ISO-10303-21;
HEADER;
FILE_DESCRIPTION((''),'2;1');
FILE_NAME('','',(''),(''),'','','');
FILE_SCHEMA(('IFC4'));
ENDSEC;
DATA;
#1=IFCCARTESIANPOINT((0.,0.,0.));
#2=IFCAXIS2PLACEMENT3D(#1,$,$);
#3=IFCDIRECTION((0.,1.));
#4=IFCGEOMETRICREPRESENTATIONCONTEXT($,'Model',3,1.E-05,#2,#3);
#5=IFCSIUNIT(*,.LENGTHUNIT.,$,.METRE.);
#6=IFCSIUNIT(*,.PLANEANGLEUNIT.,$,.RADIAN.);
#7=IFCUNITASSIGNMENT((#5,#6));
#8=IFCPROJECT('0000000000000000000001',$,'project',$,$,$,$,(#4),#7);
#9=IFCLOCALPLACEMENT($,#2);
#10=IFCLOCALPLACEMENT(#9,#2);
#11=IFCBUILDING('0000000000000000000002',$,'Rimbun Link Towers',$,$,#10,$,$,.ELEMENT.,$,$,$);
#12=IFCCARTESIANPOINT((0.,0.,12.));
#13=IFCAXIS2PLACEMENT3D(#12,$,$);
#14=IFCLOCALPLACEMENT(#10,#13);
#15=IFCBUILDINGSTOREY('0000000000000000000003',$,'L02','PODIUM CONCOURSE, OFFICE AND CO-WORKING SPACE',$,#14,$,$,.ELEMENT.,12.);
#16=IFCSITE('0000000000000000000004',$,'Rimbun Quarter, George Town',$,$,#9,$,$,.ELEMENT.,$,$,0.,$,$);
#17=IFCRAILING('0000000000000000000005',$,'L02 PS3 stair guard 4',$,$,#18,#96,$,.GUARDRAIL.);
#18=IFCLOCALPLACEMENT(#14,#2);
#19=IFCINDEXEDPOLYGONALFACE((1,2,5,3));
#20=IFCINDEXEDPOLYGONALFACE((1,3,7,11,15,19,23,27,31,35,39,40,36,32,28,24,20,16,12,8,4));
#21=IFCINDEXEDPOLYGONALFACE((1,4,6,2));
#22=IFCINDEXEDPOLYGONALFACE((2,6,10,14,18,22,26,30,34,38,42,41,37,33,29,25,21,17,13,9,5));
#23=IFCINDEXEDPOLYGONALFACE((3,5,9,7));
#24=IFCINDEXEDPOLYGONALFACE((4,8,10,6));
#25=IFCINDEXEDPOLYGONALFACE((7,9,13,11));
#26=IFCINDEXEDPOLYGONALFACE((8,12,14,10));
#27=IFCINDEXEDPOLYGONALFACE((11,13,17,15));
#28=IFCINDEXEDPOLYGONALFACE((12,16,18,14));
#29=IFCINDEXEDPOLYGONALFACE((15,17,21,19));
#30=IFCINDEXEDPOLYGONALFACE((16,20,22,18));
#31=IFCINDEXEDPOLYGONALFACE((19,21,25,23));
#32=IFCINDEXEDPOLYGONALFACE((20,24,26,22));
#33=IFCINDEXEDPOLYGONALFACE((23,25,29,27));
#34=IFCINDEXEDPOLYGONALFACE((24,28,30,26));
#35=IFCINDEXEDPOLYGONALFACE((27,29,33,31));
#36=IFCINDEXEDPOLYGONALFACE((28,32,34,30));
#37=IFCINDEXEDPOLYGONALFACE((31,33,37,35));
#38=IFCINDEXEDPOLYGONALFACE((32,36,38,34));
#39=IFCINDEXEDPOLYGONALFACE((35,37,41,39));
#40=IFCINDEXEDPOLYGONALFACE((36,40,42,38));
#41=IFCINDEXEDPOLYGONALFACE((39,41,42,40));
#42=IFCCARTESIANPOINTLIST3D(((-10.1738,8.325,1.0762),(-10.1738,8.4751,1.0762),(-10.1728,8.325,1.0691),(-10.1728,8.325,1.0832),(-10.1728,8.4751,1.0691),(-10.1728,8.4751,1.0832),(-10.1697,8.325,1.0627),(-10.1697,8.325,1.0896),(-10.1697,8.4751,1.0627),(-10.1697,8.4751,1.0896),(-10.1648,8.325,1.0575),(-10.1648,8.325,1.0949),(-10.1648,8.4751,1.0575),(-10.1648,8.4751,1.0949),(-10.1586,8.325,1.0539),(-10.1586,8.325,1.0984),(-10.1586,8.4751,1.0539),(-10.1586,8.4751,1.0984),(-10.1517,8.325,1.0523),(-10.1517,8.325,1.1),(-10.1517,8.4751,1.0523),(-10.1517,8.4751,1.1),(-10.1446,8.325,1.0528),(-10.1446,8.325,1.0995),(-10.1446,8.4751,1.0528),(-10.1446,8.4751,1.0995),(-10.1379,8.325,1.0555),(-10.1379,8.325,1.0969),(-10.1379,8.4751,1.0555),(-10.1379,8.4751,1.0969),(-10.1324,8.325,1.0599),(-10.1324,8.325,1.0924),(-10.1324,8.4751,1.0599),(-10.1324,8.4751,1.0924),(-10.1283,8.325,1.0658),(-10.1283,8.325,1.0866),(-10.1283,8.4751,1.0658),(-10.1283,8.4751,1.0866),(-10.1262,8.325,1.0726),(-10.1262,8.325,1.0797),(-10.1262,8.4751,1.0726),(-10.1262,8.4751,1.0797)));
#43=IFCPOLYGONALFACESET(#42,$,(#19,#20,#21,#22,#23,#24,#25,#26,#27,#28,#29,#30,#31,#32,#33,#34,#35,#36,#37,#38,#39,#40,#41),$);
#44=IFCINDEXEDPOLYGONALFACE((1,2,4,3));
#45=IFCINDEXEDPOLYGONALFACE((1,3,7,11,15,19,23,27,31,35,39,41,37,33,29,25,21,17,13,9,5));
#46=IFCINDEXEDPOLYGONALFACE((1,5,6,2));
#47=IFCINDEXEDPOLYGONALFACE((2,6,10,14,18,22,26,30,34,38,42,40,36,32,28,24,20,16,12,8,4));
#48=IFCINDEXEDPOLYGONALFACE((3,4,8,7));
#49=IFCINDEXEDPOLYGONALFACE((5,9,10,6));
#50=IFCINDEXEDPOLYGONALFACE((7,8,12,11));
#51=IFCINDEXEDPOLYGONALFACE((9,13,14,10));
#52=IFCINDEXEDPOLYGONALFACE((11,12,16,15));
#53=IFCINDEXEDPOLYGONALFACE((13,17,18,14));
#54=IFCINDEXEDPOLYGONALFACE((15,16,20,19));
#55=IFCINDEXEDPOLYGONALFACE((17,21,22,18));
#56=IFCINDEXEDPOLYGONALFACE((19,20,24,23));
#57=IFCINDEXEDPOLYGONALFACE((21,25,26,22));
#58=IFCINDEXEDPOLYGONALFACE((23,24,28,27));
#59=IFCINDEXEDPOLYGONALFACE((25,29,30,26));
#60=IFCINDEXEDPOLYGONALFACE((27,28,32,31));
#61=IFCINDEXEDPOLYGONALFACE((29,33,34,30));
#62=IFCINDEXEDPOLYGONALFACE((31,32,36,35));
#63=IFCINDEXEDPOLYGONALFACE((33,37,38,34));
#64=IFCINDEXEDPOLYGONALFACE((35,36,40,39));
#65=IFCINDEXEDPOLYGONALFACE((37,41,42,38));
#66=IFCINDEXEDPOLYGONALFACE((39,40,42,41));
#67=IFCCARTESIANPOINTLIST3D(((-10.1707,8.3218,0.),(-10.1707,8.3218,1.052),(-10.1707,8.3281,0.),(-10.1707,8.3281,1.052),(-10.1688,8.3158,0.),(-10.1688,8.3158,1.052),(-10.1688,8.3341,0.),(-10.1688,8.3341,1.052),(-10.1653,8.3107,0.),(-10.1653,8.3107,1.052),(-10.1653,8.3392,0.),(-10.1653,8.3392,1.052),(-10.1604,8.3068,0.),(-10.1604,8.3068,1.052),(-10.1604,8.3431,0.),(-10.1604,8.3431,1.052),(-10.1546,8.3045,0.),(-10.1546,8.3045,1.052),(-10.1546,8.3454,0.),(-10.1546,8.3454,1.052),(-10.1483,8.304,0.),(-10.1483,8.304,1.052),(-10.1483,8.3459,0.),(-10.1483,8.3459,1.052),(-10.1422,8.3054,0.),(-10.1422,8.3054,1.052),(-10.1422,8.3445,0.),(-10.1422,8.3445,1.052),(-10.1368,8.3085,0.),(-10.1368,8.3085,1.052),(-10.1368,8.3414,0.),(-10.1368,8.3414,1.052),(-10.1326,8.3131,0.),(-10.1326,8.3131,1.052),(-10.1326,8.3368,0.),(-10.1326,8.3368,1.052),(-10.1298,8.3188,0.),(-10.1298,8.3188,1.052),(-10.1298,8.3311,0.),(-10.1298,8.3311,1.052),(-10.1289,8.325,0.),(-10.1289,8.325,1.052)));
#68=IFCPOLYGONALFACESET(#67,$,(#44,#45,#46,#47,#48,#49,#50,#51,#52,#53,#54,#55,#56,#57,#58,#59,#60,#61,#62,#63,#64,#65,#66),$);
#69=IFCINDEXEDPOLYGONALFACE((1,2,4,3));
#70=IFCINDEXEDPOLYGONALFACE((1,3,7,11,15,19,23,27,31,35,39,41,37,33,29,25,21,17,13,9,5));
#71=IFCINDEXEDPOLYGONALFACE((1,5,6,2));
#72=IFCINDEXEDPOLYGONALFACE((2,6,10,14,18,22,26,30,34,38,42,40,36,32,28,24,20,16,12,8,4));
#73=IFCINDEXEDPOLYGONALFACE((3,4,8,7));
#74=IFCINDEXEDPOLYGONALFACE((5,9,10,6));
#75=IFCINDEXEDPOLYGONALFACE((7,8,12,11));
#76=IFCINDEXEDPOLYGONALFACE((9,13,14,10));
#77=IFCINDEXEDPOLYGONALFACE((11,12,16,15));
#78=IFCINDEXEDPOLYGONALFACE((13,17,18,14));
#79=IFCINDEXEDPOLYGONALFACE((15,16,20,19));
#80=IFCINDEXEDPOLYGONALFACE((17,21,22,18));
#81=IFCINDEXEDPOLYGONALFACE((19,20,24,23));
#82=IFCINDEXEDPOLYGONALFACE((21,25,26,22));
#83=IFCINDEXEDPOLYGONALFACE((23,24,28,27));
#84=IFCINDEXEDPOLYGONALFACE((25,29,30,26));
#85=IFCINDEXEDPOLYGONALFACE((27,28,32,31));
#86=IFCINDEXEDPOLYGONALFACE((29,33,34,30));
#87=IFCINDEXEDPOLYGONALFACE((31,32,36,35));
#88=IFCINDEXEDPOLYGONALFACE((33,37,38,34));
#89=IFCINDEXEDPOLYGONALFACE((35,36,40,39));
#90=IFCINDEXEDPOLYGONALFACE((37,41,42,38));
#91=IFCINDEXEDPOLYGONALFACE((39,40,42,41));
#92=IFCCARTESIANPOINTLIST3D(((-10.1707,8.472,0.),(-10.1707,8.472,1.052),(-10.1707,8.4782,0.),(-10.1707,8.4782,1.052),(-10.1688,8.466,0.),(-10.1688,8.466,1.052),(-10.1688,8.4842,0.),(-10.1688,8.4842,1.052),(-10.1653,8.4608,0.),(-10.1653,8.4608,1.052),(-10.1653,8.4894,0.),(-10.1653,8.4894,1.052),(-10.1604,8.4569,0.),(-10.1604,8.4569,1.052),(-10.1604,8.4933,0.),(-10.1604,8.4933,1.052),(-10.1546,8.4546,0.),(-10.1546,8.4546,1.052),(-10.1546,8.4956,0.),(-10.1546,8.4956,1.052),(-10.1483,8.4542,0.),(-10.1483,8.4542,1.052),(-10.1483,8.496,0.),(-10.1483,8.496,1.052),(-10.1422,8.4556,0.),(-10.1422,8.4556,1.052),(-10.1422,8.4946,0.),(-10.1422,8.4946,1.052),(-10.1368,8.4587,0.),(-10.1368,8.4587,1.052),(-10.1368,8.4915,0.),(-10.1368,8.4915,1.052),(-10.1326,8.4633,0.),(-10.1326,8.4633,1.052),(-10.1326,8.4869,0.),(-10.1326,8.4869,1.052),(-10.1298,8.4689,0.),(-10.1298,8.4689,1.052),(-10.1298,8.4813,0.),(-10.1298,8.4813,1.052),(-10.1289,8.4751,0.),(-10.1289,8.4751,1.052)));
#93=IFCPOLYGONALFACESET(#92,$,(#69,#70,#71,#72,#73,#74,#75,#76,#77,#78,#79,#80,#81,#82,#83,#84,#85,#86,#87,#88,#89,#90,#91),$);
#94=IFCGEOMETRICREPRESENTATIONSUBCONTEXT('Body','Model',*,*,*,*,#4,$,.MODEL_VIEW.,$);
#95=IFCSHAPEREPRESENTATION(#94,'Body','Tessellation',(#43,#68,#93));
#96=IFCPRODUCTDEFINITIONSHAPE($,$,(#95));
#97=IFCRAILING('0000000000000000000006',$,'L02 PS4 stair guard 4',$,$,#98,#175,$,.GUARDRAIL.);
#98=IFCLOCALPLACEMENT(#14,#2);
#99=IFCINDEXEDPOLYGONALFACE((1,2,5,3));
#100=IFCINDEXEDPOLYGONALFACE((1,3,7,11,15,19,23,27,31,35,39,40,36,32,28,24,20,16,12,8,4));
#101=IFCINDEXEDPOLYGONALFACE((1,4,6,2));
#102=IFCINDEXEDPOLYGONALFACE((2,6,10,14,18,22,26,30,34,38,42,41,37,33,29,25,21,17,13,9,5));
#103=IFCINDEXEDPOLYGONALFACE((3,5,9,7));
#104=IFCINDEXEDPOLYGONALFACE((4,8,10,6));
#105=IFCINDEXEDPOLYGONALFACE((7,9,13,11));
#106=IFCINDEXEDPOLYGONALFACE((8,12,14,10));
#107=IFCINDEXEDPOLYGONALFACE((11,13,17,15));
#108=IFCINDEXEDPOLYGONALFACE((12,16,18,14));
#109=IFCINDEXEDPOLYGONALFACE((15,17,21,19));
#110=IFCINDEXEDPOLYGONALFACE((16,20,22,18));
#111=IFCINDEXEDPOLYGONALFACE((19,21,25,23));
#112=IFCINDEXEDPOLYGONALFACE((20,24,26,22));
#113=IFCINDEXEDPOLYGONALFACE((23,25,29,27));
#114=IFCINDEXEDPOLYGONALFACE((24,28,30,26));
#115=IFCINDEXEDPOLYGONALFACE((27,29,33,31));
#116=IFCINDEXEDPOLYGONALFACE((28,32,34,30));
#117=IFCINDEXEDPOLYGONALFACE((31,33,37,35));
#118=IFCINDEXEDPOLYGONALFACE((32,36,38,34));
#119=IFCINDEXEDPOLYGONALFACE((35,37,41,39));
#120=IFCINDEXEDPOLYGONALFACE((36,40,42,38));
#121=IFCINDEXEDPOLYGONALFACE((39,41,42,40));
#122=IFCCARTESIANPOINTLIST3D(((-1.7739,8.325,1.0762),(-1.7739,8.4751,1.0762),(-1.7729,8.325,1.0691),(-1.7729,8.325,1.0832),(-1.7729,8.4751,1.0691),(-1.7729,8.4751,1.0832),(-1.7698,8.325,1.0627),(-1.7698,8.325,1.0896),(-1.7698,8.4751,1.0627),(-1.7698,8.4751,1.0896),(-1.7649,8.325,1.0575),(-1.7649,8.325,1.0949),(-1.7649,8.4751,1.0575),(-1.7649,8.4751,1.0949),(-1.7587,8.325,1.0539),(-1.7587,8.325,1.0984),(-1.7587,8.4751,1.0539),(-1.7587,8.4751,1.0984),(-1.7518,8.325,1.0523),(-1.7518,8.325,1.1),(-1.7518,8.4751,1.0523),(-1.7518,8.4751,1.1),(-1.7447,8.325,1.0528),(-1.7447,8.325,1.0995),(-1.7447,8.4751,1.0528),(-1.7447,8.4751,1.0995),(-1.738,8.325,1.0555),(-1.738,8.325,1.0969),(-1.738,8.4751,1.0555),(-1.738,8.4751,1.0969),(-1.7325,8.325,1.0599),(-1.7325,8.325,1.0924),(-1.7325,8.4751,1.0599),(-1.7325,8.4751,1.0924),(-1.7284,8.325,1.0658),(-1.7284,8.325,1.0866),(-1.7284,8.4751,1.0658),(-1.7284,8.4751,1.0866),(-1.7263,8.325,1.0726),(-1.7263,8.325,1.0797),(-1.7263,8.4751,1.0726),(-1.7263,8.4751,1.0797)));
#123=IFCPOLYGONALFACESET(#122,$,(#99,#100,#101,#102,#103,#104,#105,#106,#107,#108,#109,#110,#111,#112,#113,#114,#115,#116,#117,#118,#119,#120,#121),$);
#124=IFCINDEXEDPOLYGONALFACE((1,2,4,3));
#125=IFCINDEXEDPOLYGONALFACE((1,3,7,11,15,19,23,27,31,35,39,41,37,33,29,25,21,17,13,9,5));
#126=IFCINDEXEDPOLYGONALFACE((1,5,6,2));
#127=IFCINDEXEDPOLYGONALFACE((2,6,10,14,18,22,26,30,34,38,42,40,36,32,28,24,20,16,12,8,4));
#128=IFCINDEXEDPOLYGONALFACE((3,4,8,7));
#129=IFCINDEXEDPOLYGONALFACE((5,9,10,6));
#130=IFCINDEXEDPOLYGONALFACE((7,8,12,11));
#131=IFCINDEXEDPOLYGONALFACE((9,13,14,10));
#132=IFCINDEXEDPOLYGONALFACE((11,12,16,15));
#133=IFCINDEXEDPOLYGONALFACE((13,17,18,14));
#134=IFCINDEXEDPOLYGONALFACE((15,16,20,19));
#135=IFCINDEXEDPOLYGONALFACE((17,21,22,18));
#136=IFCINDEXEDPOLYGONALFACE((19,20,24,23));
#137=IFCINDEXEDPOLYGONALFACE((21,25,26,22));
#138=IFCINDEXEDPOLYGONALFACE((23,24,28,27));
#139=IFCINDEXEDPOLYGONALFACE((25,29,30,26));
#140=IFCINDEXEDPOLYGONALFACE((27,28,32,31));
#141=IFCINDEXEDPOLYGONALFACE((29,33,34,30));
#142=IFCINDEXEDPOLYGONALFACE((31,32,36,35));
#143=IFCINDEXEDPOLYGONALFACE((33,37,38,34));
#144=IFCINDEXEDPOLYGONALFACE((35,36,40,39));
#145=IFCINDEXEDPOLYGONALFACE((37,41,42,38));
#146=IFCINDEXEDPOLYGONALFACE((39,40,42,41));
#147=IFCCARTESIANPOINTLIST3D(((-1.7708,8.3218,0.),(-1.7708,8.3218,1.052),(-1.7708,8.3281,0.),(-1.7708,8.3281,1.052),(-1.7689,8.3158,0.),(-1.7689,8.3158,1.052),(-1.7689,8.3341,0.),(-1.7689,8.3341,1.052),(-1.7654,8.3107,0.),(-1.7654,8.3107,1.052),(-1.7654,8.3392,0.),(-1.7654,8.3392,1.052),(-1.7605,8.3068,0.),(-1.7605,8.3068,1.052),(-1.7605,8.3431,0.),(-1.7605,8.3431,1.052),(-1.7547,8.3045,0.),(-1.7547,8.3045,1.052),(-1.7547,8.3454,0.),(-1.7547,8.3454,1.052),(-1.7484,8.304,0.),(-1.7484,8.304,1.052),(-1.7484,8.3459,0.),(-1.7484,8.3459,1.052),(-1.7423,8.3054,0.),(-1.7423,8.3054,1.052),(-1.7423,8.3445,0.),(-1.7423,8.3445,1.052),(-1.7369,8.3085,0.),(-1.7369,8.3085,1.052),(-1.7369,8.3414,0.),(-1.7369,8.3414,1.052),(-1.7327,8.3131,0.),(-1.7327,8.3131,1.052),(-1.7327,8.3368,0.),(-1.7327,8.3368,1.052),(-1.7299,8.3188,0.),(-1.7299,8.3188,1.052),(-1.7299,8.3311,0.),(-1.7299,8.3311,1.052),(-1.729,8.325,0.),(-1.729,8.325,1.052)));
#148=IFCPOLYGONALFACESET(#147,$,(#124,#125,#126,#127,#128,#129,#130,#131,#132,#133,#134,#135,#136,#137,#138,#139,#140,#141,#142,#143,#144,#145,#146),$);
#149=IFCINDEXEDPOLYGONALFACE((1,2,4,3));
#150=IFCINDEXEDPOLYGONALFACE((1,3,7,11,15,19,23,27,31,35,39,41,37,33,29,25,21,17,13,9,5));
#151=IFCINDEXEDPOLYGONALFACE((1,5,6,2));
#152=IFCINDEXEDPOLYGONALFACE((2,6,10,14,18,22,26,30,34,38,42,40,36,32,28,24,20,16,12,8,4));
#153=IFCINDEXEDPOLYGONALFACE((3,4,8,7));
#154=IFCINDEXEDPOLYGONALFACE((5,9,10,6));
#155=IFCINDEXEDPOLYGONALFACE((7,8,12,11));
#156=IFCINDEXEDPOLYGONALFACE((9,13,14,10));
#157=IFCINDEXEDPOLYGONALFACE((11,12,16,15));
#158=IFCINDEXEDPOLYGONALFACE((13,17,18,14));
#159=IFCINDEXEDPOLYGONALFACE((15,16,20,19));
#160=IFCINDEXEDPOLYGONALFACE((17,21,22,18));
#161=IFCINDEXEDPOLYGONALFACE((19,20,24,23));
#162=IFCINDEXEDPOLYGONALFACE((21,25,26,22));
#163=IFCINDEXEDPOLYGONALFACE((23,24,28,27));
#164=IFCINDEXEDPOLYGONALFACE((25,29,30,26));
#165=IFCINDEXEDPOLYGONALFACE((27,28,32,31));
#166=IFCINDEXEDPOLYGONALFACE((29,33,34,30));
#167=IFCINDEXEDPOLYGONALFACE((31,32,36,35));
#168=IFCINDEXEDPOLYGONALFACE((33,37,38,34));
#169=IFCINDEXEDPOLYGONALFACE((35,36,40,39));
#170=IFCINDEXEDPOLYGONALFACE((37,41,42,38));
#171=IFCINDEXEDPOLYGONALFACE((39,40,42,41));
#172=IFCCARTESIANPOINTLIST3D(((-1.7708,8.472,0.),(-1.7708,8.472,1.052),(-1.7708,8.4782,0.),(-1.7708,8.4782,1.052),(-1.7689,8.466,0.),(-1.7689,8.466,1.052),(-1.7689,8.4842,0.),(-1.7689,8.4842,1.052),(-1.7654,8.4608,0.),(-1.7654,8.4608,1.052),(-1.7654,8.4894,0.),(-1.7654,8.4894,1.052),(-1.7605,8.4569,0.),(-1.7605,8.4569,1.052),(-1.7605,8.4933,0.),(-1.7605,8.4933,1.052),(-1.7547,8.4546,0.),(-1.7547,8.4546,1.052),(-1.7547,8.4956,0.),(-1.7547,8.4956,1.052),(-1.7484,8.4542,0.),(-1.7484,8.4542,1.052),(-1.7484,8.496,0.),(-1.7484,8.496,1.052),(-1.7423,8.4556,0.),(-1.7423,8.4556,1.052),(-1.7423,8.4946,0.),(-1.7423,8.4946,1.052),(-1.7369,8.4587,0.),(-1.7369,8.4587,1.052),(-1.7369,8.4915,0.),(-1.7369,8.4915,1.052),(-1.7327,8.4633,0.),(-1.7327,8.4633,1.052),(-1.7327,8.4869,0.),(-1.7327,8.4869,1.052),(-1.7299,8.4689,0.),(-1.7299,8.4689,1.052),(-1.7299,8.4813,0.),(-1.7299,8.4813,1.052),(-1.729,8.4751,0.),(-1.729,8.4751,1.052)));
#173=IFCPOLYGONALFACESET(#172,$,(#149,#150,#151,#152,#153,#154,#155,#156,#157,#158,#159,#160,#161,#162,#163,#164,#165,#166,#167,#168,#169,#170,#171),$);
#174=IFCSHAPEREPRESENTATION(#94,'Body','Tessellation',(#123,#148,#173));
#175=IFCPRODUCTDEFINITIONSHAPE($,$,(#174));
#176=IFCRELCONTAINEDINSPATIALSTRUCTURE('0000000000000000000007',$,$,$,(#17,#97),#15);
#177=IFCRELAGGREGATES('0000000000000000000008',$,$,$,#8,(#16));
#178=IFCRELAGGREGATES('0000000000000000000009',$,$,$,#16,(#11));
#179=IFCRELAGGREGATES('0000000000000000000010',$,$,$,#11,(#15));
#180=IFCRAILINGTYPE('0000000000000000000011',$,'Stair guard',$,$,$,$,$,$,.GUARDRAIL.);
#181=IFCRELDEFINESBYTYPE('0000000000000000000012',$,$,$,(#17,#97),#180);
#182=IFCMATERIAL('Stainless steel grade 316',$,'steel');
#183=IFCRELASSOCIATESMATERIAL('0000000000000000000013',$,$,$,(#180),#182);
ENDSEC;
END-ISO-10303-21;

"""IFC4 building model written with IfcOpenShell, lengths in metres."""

from ifc_helpers import new_model, si_unit, direction, frame, origin, origin_2d, place, context, subcontext, project, spatial, circle, extrude, material, type_object, element, save


model = new_model("IFC4")

# Units and contexts
model_context = context("Model", 3, precision=1e-05, world=origin(), true_north=direction((0.0, 1.0)))
body_context = subcontext(model_context, "Body", "Model", "MODEL_VIEW")
ifc_project = project(units=[si_unit("LENGTHUNIT", "METRE"), si_unit("PLANEANGLEUNIT", "RADIAN")], contexts=[model_context])

# Site, building, storey
site_placement = place(None, origin())
site = spatial("IfcSite", under=ifc_project, at=site_placement, Name="Rimbun Quarter, George Town", CompositionType="ELEMENT", RefElevation=0.0)
building_placement = place(site_placement, origin())
building = spatial("IfcBuilding", under=site, at=building_placement, Name="Rimbun Link Towers", CompositionType="ELEMENT")
storey_placement = place(building_placement, frame((0.0, 0.0, 12.0)))
storey = spatial("IfcBuildingStorey", under=building, at=storey_placement, Name="L02", Description="PODIUM CONCOURSE, OFFICE AND CO-WORKING SPACE", CompositionType="ELEMENT", Elevation=12.0)

# Railings
ifc_material_1 = material(Name="Stainless steel grade 316", Category="steel")
railing_type_1 = type_object("IfcRailingType", Name="Stair guard", PredefinedType="GUARDRAIL", material=ifc_material_1)
for number, where, name in (
    (1, (-10.1499, 8.325, 0.0), "L02 PS3 stair guard 4"),
    (2, (-1.75, 8.325, 0.0), "L02 PS4 stair guard 4"),
):
    element("IfcRailing", number, at=place(storey_placement, frame(where)), inside=storey, type_object=railing_type_1, Name=name, PredefinedType="GUARDRAIL", context=body_context, shape_type="SweptSolid", body=[
        extrude(circle(Radius=0.0239, at=origin_2d()), frame((0.0, 0.0, 1.0762), z_axis=(0.0, 1.0, 0.0), x_axis=(-1.0, 0.0, 0.0)), (0.0, 0.0, 1.0), 0.1501),
        extrude(circle(Radius=0.021, at=origin_2d()), origin(), (0.0, 0.0, 1.0), 1.052),
        extrude(circle(Radius=0.021, at=origin_2d()), frame((0.0, 0.1501, 0.0)), (0.0, 0.0, 1.0), 1.052),
    ])

save(model, "model.ifc")
